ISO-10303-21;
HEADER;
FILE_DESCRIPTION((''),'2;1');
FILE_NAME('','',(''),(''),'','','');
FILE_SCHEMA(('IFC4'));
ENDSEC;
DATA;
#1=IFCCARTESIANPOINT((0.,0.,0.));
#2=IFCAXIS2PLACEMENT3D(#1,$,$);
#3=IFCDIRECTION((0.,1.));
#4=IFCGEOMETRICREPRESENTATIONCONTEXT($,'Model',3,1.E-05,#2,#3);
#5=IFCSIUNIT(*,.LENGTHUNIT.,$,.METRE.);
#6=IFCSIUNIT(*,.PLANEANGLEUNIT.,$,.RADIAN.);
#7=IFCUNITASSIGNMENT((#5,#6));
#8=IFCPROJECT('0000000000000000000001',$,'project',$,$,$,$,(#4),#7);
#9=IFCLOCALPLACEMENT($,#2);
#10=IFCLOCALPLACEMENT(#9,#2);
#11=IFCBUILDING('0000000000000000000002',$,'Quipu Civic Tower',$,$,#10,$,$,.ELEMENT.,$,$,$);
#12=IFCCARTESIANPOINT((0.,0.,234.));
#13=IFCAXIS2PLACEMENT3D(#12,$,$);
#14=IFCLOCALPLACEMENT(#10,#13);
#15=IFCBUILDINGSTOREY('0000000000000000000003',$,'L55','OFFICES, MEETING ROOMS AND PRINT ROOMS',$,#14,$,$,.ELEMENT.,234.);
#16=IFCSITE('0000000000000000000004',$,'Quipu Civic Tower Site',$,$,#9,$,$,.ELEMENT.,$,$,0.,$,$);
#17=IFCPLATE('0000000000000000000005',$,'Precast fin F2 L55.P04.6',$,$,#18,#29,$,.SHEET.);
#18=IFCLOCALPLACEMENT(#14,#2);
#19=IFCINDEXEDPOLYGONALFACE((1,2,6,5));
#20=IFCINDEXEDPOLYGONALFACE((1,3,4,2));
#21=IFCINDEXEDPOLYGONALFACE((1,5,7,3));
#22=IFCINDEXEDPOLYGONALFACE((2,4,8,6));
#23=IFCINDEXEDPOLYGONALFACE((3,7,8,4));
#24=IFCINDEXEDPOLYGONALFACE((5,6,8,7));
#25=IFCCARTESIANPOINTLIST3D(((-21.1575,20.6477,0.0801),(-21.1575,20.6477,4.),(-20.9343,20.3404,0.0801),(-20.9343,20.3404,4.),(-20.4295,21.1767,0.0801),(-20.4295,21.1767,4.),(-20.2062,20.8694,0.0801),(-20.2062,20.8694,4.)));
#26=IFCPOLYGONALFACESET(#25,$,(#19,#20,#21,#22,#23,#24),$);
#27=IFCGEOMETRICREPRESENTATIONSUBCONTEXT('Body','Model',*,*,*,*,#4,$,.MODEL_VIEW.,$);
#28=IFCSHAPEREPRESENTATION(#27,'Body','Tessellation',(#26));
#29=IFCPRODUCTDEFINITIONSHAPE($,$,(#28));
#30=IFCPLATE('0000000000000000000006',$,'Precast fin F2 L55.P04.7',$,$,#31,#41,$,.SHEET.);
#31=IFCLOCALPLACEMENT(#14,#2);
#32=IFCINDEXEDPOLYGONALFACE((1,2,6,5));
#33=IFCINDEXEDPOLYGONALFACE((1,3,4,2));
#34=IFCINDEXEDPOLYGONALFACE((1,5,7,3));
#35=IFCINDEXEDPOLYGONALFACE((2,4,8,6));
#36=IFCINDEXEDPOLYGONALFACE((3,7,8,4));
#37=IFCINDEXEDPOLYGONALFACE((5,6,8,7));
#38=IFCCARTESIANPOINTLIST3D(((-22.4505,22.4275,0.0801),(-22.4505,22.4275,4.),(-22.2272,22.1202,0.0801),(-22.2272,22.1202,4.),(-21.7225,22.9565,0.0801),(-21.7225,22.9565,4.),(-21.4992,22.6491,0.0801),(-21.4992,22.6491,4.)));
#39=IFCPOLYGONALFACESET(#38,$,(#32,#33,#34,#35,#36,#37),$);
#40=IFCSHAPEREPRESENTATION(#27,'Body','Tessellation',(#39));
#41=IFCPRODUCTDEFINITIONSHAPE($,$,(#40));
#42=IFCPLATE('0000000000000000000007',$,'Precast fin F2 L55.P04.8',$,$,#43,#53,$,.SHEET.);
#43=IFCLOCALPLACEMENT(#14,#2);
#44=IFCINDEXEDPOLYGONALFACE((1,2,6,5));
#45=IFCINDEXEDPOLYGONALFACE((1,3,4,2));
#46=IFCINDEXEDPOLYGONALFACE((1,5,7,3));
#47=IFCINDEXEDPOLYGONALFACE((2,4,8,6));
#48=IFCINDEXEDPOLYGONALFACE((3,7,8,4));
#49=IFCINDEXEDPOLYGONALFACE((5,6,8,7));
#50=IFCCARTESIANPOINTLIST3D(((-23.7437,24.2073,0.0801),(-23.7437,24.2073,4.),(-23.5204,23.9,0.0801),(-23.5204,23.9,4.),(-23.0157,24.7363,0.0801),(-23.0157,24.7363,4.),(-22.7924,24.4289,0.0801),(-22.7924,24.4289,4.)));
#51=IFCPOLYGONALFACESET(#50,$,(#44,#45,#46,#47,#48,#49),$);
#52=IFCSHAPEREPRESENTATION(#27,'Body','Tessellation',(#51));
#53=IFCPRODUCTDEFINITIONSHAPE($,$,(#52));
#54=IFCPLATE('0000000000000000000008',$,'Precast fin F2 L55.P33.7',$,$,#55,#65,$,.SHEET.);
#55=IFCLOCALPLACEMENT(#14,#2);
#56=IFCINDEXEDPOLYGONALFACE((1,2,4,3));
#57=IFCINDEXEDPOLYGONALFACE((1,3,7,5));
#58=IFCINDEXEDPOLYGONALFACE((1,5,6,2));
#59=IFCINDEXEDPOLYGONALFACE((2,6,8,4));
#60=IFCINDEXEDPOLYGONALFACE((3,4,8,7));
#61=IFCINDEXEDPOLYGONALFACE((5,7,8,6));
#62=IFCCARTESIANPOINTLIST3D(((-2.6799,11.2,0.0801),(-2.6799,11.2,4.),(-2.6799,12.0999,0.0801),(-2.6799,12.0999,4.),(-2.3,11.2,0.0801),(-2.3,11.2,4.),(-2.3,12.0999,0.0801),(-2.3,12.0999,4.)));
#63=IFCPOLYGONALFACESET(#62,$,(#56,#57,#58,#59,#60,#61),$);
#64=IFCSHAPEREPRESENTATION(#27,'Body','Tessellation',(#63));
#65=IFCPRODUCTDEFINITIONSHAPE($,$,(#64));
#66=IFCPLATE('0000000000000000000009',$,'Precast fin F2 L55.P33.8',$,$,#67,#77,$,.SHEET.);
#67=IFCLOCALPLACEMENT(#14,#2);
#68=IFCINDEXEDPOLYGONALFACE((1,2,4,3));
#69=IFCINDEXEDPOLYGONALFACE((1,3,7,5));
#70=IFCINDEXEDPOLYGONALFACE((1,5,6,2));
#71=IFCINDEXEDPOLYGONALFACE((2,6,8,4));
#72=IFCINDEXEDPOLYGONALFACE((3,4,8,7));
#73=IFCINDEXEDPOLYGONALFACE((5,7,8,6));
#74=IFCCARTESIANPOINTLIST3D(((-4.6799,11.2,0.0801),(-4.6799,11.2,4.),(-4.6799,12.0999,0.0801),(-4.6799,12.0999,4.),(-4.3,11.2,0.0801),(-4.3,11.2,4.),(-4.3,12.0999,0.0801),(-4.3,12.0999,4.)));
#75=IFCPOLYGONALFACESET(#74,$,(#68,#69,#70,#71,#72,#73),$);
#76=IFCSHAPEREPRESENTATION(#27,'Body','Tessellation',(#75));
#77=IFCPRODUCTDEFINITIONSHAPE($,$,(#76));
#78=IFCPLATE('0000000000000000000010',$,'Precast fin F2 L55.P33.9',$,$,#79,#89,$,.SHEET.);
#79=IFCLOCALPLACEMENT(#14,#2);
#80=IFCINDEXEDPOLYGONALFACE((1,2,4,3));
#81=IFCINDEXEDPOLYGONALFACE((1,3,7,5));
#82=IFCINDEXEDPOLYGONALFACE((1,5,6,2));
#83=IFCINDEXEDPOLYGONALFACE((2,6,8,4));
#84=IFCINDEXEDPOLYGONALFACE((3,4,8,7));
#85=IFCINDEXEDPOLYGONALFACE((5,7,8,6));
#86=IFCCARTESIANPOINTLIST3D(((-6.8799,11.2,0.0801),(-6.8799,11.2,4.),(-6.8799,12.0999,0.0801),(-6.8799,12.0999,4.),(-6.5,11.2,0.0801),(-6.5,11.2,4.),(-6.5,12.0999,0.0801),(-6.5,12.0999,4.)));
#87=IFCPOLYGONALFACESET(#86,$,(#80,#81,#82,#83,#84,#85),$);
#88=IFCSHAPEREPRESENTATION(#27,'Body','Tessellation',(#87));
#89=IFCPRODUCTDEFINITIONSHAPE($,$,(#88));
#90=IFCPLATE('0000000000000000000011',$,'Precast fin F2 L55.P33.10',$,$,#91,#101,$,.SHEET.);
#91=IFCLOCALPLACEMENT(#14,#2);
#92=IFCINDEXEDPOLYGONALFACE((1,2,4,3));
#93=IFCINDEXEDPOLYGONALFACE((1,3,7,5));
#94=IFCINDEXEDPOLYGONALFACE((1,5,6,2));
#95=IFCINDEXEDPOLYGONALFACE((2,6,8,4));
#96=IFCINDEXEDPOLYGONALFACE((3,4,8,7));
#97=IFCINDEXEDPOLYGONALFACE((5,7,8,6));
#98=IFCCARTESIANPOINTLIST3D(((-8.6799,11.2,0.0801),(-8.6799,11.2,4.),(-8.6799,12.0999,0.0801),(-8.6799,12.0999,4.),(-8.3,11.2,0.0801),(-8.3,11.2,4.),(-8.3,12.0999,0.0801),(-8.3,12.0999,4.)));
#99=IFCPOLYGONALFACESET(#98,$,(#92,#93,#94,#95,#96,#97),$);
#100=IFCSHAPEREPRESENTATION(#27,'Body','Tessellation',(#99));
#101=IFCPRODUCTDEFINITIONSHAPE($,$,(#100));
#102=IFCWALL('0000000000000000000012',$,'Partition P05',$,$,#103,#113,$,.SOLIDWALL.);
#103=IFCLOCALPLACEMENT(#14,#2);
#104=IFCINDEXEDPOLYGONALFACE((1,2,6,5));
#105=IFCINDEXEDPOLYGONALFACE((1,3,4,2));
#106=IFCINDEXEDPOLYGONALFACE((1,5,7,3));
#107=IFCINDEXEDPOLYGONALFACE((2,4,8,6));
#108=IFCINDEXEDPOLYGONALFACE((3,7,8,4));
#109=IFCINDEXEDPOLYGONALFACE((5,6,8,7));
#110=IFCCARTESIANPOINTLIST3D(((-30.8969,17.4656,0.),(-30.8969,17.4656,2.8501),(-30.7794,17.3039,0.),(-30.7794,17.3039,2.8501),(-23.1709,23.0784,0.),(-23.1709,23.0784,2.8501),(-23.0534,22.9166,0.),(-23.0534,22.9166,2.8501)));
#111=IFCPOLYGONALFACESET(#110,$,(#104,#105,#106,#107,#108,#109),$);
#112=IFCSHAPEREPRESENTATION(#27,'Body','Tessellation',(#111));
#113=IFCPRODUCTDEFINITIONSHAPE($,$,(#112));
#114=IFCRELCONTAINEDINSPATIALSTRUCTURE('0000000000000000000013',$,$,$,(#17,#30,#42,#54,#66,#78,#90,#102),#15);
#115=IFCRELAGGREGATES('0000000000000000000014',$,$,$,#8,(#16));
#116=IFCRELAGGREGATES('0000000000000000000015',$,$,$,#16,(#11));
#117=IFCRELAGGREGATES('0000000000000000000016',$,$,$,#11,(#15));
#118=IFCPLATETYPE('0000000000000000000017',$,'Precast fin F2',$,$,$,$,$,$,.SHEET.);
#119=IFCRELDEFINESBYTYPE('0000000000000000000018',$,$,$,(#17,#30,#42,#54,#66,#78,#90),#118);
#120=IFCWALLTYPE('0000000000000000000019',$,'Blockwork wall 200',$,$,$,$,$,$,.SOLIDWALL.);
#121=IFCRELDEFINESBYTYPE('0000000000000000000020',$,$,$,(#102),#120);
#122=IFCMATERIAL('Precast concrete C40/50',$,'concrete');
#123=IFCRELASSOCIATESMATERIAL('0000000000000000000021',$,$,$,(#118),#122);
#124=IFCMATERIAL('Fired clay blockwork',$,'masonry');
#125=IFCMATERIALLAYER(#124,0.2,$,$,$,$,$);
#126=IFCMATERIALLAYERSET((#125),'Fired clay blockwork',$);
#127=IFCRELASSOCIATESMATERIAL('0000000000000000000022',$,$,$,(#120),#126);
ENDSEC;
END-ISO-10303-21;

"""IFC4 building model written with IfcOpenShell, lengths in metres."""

from ifc_helpers import new_model, si_unit, direction, frame, frame_2d, origin, origin_2d, place, context, subcontext, project, spatial, rectangle, extrude, material, layer, layer_set, type_object, element, save


model = new_model("IFC4")

# Units and contexts
model_context = context("Model", 3, precision=1e-05, world=origin(), true_north=direction((0.0, 1.0)))
body_context = subcontext(model_context, "Body", "Model", "MODEL_VIEW")
ifc_project = project(units=[si_unit("LENGTHUNIT", "METRE"), si_unit("PLANEANGLEUNIT", "RADIAN")], contexts=[model_context])

# Site, building, storey
site_placement = place(None, origin())
site = spatial("IfcSite", under=ifc_project, at=site_placement, Name="Quipu Civic Tower Site", CompositionType="ELEMENT", RefElevation=0.0)
building_placement = place(site_placement, origin())
building = spatial("IfcBuilding", under=site, at=building_placement, Name="Quipu Civic Tower", CompositionType="ELEMENT")
storey_placement = place(building_placement, frame((0.0, 0.0, 234.0)))
storey = spatial("IfcBuildingStorey", under=building, at=storey_placement, Name="L55", Description="OFFICES, MEETING ROOMS AND PRINT ROOMS", CompositionType="ELEMENT", Elevation=234.0)

# Plates
ifc_material_1 = material(Name="Precast concrete C40/50", Category="concrete")
plate_type_1 = type_object("IfcPlateType", Name="Precast fin F2", PredefinedType="SHEET", material=ifc_material_1)
for number, where, z_axis, x_axis, name in (
    (1, (-20.6819, 20.7585, 0.0801), (0.0, 0.0, 1.0), (-0.587787, 0.809016, 0.0), "Precast fin F2 L55.P04.6"),
    (2, (-21.9749, 22.5383, 0.0801), (0.0, 0.0, 1.0), (-0.587787, 0.809016, 0.0), "Precast fin F2 L55.P04.7"),
    (3, (-23.2681, 24.3181, 0.0801), (0.0, 0.0, 1.0), (-0.587787, 0.809016, 0.0), "Precast fin F2 L55.P04.8"),
    (4, (-2.49, 11.6499, 0.0801), (0.0, 0.0, 1.0), (-1.0, 0.0, 0.0), "Precast fin F2 L55.P33.7"),
    (5, (-4.49, 11.6499, 0.0801), (0.0, 0.0, 1.0), (-1.0, 0.0, 0.0), "Precast fin F2 L55.P33.8"),
    (6, (-6.6899, 11.6499, 0.0801), (0.0, 0.0, 1.0), (-1.0, 0.0, 0.0), "Precast fin F2 L55.P33.9"),
    (7, (-8.49, 11.6499, 0.0801), (0.0, 0.0, 1.0), (-1.0, 0.0, 0.0), "Precast fin F2 L55.P33.10"),
):
    element("IfcPlate", number, at=place(storey_placement, frame(where, z_axis=z_axis, x_axis=x_axis)), inside=storey, type_object=plate_type_1, Name=name, PredefinedType="SHEET", context=body_context, shape_type="SweptSolid", body=[
        extrude(rectangle(XDim=0.3799, YDim=0.8999, at=origin_2d()), origin(), (0.0, 0.0, 1.0), 3.9199),
    ])

# Wall
ifc_material_2 = material(Name="Fired clay blockwork", Category="masonry")
ifc_layer_1 = layer(ifc_material_2, 0.2)
ifc_layer_set_1 = layer_set([ifc_layer_1], Name="Fired clay blockwork")
wall_type = type_object("IfcWallType", Name="Blockwork wall 200", PredefinedType="SOLIDWALL", material=ifc_layer_set_1)
wall_placement = place(storey_placement, frame((-23.1121, 22.9976, 0.0), z_axis=(0.0, 0.0, 1.0), x_axis=(-0.809043, -0.587749, 0.0)))
element("IfcWall", 8, at=wall_placement, inside=storey, type_object=wall_type, Name="Partition P05", PredefinedType="SOLIDWALL", context=body_context, shape_type="SweptSolid", body=[
    extrude(rectangle(XDim=9.5496, YDim=0.2, at=frame_2d((4.7749, 0.0))), origin(), (0.0, 0.0, 1.0), 2.8501),
])

save(model, "model.ifc")
